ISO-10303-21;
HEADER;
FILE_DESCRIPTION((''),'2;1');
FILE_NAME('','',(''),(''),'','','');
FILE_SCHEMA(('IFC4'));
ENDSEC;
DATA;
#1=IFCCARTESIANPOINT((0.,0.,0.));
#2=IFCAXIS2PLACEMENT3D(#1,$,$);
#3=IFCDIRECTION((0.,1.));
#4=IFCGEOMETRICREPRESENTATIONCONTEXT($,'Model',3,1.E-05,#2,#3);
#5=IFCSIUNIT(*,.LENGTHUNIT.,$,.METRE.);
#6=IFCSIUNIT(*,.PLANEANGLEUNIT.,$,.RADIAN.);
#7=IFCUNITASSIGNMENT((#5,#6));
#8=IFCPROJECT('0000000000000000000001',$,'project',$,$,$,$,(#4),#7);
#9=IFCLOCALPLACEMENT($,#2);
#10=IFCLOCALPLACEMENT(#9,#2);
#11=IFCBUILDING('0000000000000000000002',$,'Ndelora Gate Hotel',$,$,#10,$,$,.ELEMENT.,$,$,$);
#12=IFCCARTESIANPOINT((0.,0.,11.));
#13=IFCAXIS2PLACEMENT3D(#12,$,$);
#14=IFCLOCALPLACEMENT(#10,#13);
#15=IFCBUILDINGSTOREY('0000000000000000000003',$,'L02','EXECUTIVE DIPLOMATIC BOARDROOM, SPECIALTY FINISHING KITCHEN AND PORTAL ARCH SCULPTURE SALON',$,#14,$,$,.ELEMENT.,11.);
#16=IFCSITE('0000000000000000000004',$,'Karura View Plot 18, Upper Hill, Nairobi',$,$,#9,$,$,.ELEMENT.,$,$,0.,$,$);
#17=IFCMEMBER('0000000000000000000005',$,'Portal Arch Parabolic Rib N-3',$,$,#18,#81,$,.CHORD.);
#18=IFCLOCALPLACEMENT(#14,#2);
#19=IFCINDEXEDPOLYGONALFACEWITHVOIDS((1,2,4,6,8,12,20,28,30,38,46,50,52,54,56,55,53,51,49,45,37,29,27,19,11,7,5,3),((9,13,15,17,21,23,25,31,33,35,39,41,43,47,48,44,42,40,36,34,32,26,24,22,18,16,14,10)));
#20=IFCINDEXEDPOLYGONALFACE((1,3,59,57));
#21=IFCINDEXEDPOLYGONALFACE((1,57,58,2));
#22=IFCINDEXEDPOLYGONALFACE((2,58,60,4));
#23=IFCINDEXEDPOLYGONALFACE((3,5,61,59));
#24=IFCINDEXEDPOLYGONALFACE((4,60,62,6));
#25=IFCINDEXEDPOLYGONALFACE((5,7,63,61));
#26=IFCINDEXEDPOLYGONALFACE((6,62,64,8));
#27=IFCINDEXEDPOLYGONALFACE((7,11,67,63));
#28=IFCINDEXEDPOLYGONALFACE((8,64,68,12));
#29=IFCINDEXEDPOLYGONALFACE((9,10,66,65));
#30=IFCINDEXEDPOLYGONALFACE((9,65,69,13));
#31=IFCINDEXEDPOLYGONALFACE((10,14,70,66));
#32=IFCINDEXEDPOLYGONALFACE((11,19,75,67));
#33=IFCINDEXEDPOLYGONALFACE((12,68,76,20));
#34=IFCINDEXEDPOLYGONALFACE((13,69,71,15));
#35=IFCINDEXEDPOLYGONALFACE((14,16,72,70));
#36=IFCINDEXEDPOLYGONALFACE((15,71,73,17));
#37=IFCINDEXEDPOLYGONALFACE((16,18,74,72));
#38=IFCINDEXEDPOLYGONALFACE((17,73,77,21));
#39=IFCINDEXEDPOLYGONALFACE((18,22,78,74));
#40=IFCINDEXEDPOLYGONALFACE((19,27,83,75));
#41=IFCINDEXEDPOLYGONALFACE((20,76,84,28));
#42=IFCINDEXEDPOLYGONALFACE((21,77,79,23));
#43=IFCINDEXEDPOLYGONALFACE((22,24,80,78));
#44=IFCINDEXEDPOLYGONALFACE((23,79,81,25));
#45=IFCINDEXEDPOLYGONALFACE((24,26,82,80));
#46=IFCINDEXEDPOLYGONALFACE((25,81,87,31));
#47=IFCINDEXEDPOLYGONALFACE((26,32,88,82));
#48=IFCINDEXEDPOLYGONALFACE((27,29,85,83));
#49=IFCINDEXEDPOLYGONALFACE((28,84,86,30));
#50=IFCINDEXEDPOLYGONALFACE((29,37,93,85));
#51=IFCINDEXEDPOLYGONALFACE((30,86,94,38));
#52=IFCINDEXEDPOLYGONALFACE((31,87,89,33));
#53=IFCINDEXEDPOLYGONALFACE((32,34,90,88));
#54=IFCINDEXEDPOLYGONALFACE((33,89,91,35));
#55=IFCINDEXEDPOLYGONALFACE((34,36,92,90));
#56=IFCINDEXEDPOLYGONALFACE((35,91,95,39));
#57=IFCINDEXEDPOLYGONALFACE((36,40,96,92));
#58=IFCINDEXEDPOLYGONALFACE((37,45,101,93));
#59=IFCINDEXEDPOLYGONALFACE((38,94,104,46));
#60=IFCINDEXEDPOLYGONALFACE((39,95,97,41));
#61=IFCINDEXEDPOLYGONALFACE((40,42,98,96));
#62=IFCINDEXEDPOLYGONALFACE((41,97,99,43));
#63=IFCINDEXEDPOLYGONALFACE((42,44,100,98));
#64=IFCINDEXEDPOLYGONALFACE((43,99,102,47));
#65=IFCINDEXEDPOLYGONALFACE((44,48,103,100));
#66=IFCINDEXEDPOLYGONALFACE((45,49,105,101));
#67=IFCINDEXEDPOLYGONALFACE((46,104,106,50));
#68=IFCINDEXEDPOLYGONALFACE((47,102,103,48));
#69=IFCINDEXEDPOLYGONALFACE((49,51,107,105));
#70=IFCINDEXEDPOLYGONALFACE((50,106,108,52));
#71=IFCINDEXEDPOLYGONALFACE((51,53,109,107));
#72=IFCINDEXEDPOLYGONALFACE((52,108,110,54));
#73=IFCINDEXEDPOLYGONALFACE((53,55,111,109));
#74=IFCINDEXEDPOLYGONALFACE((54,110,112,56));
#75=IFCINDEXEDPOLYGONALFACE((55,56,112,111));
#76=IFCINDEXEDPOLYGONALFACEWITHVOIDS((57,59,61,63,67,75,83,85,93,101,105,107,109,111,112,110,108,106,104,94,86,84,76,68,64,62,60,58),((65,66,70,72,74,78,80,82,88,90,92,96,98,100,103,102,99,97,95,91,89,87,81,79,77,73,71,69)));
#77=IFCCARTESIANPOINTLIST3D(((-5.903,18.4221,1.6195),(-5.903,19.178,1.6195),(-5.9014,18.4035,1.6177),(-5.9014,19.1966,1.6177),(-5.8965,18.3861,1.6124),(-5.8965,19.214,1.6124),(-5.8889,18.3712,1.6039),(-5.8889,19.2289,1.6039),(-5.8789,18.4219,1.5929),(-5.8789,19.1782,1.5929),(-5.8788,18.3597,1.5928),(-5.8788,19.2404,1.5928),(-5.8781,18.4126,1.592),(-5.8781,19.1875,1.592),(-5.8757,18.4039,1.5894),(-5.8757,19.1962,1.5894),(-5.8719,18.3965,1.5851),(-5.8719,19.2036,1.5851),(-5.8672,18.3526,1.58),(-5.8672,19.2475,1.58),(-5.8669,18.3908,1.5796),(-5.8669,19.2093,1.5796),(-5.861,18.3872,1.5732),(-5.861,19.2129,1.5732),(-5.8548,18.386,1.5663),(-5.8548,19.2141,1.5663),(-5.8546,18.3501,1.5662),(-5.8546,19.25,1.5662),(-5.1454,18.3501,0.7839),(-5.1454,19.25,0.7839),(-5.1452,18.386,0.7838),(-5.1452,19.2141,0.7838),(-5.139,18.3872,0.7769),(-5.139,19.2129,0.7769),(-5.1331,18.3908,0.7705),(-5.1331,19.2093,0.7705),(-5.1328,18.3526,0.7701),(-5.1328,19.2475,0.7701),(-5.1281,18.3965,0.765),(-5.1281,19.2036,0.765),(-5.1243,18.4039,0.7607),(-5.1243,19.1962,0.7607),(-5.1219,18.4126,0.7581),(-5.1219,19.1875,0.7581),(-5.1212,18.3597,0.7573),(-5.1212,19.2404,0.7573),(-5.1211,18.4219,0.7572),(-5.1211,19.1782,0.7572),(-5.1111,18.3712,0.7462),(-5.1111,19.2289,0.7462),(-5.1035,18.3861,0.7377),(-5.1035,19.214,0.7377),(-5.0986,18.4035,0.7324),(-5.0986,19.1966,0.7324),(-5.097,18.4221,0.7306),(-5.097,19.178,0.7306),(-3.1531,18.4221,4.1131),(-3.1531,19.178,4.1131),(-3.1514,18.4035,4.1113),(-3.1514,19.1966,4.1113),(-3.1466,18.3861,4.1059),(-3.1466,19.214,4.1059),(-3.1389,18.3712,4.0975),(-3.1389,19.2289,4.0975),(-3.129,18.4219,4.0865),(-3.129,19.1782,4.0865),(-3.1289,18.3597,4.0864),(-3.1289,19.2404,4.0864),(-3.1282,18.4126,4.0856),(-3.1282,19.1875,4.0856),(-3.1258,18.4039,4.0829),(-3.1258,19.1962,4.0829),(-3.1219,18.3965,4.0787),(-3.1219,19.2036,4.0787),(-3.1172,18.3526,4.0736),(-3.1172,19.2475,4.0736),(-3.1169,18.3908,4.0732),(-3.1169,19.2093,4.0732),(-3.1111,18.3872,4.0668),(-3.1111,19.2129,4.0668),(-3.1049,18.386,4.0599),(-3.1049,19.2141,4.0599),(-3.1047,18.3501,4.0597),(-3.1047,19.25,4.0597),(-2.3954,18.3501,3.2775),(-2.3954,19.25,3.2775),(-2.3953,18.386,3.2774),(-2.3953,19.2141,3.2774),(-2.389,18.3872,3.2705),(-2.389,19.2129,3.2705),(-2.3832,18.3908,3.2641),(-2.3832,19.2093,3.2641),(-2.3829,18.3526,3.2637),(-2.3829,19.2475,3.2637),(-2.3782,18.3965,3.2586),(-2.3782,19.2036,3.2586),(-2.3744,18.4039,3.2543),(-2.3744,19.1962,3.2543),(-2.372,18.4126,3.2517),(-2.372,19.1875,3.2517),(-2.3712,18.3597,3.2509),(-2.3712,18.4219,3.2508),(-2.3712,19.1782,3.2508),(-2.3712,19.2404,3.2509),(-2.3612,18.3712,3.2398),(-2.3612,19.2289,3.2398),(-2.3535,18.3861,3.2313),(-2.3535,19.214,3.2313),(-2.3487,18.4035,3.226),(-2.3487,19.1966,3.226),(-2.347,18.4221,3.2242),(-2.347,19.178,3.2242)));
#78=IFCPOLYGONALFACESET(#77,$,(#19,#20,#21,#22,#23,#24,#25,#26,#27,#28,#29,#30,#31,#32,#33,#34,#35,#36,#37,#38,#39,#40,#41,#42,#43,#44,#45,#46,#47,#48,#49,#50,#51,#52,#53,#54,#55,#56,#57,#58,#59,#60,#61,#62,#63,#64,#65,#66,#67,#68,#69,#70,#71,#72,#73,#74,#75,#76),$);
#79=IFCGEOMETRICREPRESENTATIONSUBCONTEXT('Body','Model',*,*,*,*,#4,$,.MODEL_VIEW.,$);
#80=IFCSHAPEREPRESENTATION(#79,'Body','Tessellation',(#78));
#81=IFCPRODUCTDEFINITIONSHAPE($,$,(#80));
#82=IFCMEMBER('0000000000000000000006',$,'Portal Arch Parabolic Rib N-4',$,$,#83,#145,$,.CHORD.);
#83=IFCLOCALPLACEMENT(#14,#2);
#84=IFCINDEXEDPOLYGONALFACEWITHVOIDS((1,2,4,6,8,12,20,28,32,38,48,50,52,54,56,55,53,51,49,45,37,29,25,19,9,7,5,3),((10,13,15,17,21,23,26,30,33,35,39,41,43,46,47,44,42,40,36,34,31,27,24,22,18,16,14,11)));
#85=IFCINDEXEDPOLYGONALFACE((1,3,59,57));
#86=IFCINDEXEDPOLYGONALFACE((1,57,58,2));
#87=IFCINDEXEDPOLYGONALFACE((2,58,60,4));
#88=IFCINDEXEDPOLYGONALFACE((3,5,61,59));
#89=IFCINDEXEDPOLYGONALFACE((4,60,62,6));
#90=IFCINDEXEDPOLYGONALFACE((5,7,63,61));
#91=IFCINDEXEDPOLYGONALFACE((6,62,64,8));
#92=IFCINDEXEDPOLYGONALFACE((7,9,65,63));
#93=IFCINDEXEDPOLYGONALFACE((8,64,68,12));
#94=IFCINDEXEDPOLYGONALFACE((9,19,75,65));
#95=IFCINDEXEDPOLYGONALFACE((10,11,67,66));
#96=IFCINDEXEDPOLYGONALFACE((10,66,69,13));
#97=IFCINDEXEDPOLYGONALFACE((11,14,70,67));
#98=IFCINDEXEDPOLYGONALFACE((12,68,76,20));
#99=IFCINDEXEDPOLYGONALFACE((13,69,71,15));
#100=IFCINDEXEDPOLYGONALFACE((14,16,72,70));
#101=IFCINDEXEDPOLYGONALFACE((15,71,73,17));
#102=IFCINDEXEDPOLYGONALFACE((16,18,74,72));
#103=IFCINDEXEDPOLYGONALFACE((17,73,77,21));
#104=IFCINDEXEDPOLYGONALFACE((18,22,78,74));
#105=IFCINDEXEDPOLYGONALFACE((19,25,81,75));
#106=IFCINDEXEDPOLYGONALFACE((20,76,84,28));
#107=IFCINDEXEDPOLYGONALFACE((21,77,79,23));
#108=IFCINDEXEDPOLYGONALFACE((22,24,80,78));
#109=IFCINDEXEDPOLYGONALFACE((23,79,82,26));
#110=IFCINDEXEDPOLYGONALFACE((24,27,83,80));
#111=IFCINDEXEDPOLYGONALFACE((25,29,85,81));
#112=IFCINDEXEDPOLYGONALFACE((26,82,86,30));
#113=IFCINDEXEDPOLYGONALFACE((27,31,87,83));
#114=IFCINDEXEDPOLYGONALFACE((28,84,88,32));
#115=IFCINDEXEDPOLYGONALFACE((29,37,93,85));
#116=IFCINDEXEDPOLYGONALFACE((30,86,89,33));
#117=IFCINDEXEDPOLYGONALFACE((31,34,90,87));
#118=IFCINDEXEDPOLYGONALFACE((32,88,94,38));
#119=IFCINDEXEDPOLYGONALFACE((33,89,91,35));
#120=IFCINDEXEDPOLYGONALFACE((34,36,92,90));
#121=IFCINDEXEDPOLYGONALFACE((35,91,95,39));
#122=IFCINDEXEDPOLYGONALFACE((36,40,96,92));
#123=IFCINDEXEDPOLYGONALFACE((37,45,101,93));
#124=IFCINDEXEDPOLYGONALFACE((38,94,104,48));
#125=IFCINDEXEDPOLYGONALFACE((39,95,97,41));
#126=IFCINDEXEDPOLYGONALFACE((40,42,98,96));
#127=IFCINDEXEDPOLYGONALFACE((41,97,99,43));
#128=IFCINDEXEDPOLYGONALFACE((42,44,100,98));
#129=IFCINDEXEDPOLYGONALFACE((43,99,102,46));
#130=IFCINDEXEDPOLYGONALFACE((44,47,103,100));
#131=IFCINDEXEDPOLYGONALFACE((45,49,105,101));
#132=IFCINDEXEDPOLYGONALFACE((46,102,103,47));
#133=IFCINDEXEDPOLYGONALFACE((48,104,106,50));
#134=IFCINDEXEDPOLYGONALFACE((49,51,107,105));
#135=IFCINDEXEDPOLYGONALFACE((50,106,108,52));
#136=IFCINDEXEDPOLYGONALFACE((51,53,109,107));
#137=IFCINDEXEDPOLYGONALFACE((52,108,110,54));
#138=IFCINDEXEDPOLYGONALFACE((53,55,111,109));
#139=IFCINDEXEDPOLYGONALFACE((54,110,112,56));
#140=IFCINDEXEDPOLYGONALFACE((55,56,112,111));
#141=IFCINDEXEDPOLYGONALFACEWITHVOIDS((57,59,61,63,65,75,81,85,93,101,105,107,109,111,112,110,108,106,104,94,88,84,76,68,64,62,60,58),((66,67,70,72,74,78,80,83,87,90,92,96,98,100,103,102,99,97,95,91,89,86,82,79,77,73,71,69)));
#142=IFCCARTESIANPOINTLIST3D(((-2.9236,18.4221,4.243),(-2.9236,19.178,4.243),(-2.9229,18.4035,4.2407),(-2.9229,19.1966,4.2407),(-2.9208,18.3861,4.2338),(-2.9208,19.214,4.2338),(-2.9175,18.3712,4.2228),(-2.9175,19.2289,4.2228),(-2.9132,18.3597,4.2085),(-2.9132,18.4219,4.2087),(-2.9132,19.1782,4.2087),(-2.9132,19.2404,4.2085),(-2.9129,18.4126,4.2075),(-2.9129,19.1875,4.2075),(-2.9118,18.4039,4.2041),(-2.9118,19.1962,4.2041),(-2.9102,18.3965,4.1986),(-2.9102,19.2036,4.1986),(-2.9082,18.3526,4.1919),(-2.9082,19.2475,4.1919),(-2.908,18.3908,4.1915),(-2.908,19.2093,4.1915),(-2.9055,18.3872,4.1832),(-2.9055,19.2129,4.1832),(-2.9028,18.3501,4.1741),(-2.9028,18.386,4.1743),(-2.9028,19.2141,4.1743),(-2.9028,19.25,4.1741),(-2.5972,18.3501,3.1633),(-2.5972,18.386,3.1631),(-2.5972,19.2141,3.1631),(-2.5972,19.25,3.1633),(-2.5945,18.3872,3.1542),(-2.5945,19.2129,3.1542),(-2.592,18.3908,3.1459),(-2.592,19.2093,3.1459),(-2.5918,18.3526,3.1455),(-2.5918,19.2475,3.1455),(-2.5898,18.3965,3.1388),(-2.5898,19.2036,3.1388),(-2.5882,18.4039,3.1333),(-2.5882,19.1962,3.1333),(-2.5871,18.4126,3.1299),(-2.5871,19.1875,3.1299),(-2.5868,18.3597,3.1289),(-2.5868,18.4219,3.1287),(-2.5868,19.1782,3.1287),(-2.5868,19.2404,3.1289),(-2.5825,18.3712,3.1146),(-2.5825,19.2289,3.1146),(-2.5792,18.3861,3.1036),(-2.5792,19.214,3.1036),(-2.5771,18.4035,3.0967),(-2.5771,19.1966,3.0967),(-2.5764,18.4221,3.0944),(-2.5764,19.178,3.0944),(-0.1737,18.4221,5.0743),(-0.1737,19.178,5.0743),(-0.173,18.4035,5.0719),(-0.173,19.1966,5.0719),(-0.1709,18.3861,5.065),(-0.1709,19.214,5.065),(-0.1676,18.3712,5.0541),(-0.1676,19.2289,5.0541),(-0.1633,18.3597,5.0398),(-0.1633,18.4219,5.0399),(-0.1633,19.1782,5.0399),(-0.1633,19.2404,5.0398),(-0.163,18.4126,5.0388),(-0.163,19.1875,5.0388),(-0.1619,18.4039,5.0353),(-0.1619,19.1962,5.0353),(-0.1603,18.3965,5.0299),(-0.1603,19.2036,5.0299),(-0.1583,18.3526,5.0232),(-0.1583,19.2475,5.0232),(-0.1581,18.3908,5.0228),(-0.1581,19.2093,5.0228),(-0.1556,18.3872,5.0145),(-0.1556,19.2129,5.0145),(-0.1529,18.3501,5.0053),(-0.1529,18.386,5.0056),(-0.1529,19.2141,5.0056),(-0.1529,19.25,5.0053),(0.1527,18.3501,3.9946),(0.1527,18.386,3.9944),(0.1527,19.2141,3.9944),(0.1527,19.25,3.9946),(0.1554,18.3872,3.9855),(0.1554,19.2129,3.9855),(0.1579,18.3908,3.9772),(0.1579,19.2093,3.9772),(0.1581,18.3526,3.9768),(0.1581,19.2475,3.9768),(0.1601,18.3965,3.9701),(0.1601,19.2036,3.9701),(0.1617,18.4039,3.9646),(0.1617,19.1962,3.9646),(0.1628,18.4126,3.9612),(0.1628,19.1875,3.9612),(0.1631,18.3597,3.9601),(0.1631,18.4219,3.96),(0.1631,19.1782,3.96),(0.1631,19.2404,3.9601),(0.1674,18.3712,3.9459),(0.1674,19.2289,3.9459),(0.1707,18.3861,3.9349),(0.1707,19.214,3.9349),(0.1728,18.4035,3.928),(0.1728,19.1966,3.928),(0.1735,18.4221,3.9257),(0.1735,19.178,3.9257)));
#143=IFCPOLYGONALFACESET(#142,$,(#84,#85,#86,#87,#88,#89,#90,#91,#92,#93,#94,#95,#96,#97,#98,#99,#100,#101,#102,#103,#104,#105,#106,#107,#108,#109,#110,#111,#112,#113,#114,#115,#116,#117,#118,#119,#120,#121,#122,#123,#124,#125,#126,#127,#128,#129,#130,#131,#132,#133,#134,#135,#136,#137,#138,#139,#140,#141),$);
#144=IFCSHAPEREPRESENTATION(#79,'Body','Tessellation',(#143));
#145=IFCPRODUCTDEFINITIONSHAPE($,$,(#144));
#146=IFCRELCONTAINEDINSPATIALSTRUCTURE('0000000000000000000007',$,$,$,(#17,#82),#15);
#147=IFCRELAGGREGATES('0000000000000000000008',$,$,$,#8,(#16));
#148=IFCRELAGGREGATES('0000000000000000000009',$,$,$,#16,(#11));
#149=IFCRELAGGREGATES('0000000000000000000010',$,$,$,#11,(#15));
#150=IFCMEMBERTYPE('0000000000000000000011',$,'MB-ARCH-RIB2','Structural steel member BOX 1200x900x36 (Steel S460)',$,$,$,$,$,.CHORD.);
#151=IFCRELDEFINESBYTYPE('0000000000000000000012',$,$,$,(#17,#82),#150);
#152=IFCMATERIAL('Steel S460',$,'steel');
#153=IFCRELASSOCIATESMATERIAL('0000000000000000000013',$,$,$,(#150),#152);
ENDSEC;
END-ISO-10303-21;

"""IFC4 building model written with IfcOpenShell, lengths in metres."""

from ifc_helpers import new_model, si_unit, direction, frame, origin, origin_2d, place, context, subcontext, project, spatial, hollow_rectangle, extrude, material, material_profile, profile_set, type_object, element, save


model = new_model("IFC4")

# Units and contexts
model_context = context("Model", 3, precision=1e-05, world=origin(), true_north=direction((0.0, 1.0)))
body_context = subcontext(model_context, "Body", "Model", "MODEL_VIEW")
ifc_project = project(units=[si_unit("LENGTHUNIT", "METRE"), si_unit("PLANEANGLEUNIT", "RADIAN")], contexts=[model_context])

# Site, building, storey
site_placement = place(None, origin())
site = spatial("IfcSite", under=ifc_project, at=site_placement, Name="Karura View Plot 18, Upper Hill, Nairobi", CompositionType="ELEMENT", RefElevation=0.0)
building_placement = place(site_placement, origin())
building = spatial("IfcBuilding", under=site, at=building_placement, Name="Ndelora Gate Hotel", CompositionType="ELEMENT")
storey_placement = place(building_placement, frame((0.0, 0.0, 11.0)))
storey = spatial("IfcBuildingStorey", under=building, at=storey_placement, Name="L02", Description="EXECUTIVE DIPLOMATIC BOARDROOM, SPECIALTY FINISHING KITCHEN AND PORTAL ARCH SCULPTURE SALON", CompositionType="ELEMENT", Elevation=11.0)

# Members
ifc_material_1 = material(Name="Steel S460", Category="steel")
ifc_material_profile_1 = material_profile(ifc_material_1, hollow_rectangle(XDim=0.8999, YDim=1.2, WallThickness=0.0359, InnerFilletRadius=0.0359, OuterFilletRadius=0.072, at=origin_2d()), Name="BOX 1200x900x36")
ifc_profile_set_1 = profile_set([ifc_material_profile_1], Name="Steel S460")
member_type_1 = type_object("IfcMemberType", Name="MB-ARCH-RIB2", Description="Structural steel member BOX 1200x900x36 (Steel S460)", PredefinedType="CHORD", material=ifc_profile_set_1)
member_1_placement = place(storey_placement, frame((-5.5, 18.8, 1.175), z_axis=(0.740791, 0.0, 0.671736), x_axis=(0.0, 1.0, 0.0)))
element("IfcMember", 1, at=member_1_placement, inside=storey, type_object=member_type_1, Name="Portal Arch Parabolic Rib N-3", PredefinedType="CHORD", context=body_context, shape_type="SweptSolid", body=[
    extrude(hollow_rectangle(XDim=0.8999, YDim=1.2, WallThickness=0.0359, InnerFilletRadius=0.0359, OuterFilletRadius=0.072, at=origin_2d()), origin(), (0.0, 0.0, 1.0), 3.7122),
])
member_2_placement = place(storey_placement, frame((-2.75, 18.8, 3.6687), z_axis=(0.957221, 0.0, 0.289359), x_axis=(0.0, 1.0, 0.0)))
element("IfcMember", 2, at=member_2_placement, inside=storey, type_object=member_type_1, Name="Portal Arch Parabolic Rib N-4", PredefinedType="CHORD", context=body_context, shape_type="SweptSolid", body=[
    extrude(hollow_rectangle(XDim=0.8999, YDim=1.2, WallThickness=0.0359, InnerFilletRadius=0.0359, OuterFilletRadius=0.072, at=origin_2d()), origin(), (0.0, 0.0, 1.0), 2.8728),
])

save(model, "model.ifc")
